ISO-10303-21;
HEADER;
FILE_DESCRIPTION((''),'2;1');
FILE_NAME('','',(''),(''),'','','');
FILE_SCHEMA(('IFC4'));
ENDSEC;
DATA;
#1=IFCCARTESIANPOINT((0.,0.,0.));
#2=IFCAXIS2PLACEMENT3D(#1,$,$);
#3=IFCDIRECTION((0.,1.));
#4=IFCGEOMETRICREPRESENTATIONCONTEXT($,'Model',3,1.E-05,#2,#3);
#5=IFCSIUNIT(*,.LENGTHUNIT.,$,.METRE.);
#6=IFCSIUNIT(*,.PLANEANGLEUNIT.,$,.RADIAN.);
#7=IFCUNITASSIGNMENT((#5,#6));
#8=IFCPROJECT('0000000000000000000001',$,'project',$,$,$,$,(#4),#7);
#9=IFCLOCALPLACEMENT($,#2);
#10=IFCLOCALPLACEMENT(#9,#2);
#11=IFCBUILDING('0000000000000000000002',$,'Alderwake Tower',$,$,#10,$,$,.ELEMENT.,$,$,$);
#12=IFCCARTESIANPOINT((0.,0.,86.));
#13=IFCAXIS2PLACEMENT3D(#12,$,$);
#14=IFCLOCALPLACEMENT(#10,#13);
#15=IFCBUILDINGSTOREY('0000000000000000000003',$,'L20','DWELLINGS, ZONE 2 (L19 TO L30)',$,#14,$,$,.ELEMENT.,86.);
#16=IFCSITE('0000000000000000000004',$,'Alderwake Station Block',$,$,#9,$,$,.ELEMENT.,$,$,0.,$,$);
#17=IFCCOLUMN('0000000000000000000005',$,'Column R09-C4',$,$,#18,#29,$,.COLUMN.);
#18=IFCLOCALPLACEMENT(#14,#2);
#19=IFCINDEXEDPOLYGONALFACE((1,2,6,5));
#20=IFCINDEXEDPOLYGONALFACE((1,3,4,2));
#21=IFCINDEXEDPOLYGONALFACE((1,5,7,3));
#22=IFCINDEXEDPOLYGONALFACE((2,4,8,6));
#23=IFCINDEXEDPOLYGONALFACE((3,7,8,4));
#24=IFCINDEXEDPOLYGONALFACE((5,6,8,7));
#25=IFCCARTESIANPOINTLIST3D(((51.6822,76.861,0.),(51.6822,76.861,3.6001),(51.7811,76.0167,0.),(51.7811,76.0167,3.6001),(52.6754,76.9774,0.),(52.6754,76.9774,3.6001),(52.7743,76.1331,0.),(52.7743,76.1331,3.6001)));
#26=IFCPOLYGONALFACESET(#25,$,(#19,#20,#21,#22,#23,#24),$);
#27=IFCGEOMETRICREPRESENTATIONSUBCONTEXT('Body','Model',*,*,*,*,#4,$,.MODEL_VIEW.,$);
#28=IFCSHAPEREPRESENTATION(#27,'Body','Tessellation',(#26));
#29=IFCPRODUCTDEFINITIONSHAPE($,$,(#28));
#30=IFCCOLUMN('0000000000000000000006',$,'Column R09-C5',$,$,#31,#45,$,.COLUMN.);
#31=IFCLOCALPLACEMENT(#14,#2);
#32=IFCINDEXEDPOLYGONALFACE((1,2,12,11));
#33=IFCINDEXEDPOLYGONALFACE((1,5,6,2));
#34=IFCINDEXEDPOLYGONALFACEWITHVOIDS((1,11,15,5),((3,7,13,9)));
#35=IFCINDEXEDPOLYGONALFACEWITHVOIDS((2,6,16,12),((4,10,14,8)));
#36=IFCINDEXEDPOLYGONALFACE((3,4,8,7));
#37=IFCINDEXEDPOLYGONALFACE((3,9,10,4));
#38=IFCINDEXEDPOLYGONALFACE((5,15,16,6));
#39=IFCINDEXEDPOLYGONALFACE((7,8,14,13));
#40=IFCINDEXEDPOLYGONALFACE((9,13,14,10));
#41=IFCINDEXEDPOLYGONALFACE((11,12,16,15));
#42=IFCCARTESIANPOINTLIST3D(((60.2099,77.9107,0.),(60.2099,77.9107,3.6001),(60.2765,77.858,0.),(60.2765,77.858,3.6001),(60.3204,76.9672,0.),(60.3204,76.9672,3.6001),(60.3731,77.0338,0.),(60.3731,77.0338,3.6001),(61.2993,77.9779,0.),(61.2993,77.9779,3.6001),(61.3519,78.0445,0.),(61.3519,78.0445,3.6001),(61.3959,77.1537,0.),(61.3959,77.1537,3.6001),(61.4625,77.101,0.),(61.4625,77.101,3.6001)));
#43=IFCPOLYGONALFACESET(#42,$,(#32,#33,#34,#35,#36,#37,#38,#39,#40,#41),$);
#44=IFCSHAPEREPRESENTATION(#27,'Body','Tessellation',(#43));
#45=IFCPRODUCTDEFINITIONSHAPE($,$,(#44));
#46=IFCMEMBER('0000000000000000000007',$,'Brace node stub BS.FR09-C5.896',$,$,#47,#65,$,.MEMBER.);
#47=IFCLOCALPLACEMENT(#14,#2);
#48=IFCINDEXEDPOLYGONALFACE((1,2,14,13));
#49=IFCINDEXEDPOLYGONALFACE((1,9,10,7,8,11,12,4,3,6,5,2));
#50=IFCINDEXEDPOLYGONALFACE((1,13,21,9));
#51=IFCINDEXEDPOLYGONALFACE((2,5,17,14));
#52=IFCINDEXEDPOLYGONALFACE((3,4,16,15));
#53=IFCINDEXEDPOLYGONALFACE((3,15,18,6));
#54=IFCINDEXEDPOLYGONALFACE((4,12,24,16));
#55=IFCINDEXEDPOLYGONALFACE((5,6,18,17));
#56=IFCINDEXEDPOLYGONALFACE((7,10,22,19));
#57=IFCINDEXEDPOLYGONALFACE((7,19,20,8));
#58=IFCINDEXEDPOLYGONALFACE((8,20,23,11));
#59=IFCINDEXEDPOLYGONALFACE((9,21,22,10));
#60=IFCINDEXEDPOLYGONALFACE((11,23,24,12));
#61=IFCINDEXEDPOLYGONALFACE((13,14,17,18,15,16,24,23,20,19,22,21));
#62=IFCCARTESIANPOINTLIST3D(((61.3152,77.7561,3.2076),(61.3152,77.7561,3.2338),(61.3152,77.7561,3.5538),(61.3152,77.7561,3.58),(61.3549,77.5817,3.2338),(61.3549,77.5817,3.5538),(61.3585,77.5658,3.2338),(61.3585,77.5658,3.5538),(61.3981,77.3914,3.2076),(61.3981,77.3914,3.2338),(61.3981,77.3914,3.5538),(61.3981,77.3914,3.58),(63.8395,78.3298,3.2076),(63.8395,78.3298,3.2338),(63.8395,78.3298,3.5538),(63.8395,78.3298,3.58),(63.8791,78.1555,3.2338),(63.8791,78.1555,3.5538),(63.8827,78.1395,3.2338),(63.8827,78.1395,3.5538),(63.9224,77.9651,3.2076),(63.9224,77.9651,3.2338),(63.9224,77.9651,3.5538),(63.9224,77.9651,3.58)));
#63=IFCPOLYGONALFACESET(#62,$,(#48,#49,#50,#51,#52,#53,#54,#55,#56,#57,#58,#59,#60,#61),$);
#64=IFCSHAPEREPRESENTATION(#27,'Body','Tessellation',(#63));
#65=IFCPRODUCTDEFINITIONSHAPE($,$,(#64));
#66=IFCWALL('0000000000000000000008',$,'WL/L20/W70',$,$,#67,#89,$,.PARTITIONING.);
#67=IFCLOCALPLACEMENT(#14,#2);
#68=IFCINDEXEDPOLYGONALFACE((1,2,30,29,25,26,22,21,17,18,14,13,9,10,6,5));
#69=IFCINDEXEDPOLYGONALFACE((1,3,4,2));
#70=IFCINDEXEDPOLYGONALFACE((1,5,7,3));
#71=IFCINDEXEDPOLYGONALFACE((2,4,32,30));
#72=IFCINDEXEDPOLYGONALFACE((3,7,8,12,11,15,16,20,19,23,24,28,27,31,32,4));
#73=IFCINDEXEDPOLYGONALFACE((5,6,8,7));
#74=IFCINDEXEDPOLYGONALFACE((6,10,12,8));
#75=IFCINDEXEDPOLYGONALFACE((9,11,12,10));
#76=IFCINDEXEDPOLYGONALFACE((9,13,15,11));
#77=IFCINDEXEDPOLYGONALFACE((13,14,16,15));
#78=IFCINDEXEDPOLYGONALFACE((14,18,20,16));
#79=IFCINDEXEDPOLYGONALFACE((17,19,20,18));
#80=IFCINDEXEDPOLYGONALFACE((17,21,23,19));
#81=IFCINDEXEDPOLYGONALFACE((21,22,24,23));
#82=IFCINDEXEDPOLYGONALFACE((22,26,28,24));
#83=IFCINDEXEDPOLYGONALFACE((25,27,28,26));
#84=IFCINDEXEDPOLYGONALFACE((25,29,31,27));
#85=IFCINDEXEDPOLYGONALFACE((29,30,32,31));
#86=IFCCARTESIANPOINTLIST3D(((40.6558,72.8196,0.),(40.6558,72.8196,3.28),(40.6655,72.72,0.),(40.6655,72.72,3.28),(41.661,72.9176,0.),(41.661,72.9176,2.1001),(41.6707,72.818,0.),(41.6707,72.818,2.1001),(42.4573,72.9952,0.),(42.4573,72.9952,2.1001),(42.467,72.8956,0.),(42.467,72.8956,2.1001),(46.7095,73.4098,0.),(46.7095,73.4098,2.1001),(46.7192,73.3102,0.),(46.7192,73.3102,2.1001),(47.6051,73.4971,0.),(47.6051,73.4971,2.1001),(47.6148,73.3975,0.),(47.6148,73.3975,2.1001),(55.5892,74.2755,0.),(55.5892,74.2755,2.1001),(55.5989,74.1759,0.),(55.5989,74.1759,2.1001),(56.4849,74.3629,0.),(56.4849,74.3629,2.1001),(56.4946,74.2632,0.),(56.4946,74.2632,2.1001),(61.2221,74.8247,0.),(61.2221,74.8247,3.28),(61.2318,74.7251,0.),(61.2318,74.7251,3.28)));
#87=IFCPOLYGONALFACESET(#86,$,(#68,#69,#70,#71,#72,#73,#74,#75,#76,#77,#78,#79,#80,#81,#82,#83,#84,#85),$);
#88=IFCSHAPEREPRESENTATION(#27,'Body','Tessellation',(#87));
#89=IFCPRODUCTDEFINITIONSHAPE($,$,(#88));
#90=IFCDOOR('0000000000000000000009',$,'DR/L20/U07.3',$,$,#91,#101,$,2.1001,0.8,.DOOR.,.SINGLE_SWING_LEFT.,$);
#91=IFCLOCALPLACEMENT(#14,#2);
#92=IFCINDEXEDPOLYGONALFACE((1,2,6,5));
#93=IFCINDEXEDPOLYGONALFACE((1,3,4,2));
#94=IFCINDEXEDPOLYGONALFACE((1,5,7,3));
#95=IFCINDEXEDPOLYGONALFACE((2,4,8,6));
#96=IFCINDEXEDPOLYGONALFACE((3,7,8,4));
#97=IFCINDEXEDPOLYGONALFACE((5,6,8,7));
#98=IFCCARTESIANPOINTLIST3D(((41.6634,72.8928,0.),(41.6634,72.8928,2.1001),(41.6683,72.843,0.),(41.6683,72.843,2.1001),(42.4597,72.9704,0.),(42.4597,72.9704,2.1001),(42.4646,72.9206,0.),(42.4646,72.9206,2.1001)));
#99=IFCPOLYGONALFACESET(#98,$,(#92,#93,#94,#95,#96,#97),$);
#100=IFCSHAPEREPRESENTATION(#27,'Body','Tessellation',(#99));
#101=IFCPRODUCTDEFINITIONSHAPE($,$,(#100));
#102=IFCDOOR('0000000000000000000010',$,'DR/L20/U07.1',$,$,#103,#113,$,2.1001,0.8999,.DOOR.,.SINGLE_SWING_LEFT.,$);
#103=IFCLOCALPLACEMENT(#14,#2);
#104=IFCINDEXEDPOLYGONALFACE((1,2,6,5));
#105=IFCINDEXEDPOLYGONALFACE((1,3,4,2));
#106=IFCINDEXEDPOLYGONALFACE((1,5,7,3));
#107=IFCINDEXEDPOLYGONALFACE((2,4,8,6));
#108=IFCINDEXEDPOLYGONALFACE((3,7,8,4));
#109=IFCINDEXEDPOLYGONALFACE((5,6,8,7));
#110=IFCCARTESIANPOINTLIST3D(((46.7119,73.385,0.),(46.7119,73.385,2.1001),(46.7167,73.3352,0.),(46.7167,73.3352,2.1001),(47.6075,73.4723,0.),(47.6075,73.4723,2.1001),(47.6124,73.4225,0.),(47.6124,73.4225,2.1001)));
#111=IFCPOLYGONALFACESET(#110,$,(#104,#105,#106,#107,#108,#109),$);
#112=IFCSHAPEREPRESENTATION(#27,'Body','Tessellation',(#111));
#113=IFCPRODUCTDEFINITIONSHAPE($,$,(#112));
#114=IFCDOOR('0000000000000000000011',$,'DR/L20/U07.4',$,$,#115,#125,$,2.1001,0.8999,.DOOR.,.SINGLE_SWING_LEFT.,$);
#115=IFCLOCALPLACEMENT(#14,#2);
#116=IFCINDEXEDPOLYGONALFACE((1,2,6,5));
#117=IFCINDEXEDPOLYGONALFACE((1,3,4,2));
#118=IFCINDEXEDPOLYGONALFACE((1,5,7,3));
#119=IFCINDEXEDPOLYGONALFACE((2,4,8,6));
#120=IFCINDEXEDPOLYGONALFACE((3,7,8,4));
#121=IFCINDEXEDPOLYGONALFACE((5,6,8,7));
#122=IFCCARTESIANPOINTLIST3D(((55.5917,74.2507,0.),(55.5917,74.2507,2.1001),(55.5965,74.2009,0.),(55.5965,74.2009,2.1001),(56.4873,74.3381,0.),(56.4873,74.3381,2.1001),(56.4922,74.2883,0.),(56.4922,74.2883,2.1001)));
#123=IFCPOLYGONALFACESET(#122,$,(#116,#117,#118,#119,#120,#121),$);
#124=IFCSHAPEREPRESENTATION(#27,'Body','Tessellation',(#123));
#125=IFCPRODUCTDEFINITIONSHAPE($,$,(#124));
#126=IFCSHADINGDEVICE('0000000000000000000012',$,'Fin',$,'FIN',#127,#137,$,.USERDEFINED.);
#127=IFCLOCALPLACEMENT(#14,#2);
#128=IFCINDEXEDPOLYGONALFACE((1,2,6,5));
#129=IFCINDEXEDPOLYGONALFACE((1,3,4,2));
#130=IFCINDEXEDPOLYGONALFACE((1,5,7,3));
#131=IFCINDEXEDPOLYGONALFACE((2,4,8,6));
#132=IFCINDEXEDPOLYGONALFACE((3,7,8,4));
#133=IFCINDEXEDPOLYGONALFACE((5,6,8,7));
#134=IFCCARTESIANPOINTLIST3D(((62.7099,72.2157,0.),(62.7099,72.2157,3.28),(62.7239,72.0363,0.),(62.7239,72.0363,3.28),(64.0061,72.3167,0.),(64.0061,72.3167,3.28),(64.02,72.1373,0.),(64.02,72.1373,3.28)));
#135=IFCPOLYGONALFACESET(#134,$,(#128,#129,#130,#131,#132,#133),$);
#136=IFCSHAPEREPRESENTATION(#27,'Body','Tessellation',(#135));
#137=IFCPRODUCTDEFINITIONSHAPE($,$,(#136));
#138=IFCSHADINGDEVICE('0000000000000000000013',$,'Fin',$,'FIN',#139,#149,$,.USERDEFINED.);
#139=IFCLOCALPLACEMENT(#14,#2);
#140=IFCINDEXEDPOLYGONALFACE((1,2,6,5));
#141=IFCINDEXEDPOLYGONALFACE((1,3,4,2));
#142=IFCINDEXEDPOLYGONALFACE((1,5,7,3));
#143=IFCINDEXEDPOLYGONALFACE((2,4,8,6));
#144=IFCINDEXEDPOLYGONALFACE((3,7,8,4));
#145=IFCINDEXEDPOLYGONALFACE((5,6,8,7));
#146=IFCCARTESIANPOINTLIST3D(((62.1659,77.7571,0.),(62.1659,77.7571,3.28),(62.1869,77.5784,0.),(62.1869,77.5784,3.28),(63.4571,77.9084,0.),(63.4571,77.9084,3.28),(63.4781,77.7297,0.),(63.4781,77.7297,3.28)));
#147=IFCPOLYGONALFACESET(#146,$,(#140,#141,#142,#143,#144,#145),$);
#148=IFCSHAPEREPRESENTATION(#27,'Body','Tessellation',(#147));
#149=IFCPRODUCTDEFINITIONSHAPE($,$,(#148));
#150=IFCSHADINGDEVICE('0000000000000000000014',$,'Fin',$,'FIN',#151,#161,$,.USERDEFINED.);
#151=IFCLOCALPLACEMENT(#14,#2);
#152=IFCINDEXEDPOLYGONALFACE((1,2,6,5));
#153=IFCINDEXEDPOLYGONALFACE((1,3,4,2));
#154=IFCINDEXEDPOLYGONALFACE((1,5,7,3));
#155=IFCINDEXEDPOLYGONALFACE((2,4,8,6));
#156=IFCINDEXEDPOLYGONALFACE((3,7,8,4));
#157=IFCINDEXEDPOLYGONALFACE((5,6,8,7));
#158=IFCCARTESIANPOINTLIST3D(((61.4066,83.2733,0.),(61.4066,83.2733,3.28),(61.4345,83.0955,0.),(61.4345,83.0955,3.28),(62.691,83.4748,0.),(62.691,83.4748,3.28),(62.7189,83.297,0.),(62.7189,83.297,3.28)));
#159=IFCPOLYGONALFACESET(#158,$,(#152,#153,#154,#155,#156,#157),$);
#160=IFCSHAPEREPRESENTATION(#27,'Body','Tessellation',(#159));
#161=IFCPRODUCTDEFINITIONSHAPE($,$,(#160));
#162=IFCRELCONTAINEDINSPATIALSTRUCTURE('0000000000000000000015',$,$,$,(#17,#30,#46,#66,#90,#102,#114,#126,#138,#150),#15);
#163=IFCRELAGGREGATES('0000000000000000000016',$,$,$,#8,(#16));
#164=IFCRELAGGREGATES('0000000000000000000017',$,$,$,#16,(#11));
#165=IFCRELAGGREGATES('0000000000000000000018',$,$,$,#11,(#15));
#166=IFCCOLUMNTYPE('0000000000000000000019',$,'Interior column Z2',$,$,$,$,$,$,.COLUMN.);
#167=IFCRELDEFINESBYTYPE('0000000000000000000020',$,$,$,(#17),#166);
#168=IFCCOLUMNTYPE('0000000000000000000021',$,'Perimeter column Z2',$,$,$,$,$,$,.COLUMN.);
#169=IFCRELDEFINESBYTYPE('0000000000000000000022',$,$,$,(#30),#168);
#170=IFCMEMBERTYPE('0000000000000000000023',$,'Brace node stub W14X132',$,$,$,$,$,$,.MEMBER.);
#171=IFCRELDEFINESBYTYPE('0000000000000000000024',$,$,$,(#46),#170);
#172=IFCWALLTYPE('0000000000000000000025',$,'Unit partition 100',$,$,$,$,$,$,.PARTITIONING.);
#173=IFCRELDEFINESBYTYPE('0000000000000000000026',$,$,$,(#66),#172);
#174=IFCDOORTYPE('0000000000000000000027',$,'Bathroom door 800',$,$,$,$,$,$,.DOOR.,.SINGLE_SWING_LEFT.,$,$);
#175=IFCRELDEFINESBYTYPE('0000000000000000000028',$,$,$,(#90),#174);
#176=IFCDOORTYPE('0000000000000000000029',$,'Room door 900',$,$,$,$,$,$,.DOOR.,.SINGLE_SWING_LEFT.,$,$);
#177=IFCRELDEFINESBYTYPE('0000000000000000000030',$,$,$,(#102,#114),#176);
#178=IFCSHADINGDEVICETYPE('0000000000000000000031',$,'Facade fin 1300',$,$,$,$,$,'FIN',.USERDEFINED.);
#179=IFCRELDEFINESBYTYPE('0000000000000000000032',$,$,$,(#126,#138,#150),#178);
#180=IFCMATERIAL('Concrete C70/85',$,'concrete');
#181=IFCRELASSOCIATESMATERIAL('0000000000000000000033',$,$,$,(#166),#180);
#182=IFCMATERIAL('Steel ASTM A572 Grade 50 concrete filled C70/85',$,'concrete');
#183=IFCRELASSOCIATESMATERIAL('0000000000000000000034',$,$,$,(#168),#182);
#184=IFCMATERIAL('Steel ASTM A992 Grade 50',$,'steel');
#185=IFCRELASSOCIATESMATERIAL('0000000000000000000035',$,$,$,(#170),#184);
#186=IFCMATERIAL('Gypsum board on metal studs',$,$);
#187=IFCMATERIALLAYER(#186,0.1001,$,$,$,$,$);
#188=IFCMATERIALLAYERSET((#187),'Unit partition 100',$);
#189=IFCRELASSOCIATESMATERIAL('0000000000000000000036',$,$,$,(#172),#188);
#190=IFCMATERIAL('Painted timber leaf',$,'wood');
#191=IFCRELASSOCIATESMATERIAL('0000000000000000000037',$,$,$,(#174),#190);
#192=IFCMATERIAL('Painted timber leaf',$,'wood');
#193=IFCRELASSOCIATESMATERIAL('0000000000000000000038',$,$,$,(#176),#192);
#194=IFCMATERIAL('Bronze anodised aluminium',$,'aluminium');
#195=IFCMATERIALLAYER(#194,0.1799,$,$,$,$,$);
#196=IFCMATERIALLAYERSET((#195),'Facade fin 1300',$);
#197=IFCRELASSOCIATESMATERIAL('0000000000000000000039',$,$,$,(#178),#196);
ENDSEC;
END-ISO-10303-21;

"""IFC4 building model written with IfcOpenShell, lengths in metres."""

from ifc_helpers import new_model, si_unit, direction, frame, frame_2d, origin, origin_2d, place, context, subcontext, project, spatial, rectangle, hollow_rectangle, i_section, extrude, material, layer, layer_set, material_profile, profile_set, type_object, element, fill, save


model = new_model("IFC4")

# Units and contexts
model_context = context("Model", 3, precision=1e-05, world=origin(), true_north=direction((0.0, 1.0)))
body_context = subcontext(model_context, "Body", "Model", "MODEL_VIEW")
ifc_project = project(units=[si_unit("LENGTHUNIT", "METRE"), si_unit("PLANEANGLEUNIT", "RADIAN")], contexts=[model_context])

# Site, building, storey
site_placement = place(None, origin())
site = spatial("IfcSite", under=ifc_project, at=site_placement, Name="Alderwake Station Block", CompositionType="ELEMENT", RefElevation=0.0)
building_placement = place(site_placement, origin())
building = spatial("IfcBuilding", under=site, at=building_placement, Name="Alderwake Tower", CompositionType="ELEMENT")
storey_placement = place(building_placement, frame((0.0, 0.0, 86.0)))
storey = spatial("IfcBuildingStorey", under=building, at=storey_placement, Name="L20", Description="DWELLINGS, ZONE 2 (L19 TO L30)", CompositionType="ELEMENT", Elevation=86.0)

# Columns
ifc_material_1 = material(Name="Concrete C70/85", Category="concrete")
ifc_material_profile_1 = material_profile(ifc_material_1, rectangle(XDim=0.8501, YDim=1.0, at=origin_2d()), Name="RC 1000X850")
ifc_profile_set_1 = profile_set([ifc_material_profile_1], Name="Concrete C70/85")
column_type_1 = type_object("IfcColumnType", Name="Interior column Z2", PredefinedType="COLUMN", material=ifc_profile_set_1)
column_1_placement = place(storey_placement, frame((52.2283, 76.4971, 0.0), z_axis=(0.0, 0.0, 1.0), x_axis=(-0.116402, 0.993202, 0.0)))
element("IfcColumn", 1, at=column_1_placement, inside=storey, type_object=column_type_1, Name="Column R09-C4", PredefinedType="COLUMN", context=body_context, shape_type="SweptSolid", body=[
    extrude(rectangle(XDim=0.8501, YDim=1.0, at=origin_2d()), origin(), (0.0, 0.0, 1.0), 3.6001),
])
ifc_material_2 = material(Name="Steel ASTM A572 Grade 50 concrete filled C70/85", Category="concrete")
ifc_material_profile_2 = material_profile(ifc_material_2, hollow_rectangle(XDim=0.95, YDim=1.1499, WallThickness=0.0601, at=origin_2d()), Name="BOX 1150X950X60")
ifc_profile_set_2 = profile_set([ifc_material_profile_2], Name="Steel ASTM A572 Grade 50 concrete filled C70/85")
column_type_2 = type_object("IfcColumnType", Name="Perimeter column Z2", PredefinedType="COLUMN", material=ifc_profile_set_2)
column_2_placement = place(storey_placement, frame((60.8362, 77.5059, 0.0), z_axis=(0.0, 0.0, 1.0), x_axis=(-0.116402, 0.993202, 0.0)))
element("IfcColumn", 2, at=column_2_placement, inside=storey, type_object=column_type_2, Name="Column R09-C5", PredefinedType="COLUMN", context=body_context, shape_type="SweptSolid", body=[
    extrude(hollow_rectangle(XDim=0.95, YDim=1.1499, WallThickness=0.0601, at=origin_2d()), origin(), (0.0, 0.0, 1.0), 3.6001),
])

# Member
ifc_material_3 = material(Name="Steel ASTM A992 Grade 50", Category="steel")
ifc_material_profile_3 = material_profile(ifc_material_3, i_section(OverallWidth=0.374, OverallDepth=0.3723, WebThickness=0.0164, FlangeThickness=0.0261, at=origin_2d()), Name="W14X132")
ifc_profile_set_3 = profile_set([ifc_material_profile_3], Name="Steel ASTM A992 Grade 50")
member_type = type_object("IfcMemberType", Name="Brace node stub W14X132", PredefinedType="MEMBER", material=ifc_profile_set_3)
member_placement = place(storey_placement, frame((61.3567, 77.5737, 3.3938), z_axis=(0.975128, 0.221641, 0.0), x_axis=(-0.221641, 0.975128, 0.0)))
element("IfcMember", 3, at=member_placement, inside=storey, type_object=member_type, Name="Brace node stub BS.FR09-C5.896", PredefinedType="MEMBER", context=body_context, shape_type="SweptSolid", body=[
    extrude(i_section(OverallWidth=0.374, OverallDepth=0.3723, WebThickness=0.0164, FlangeThickness=0.0261, at=origin_2d()), origin(), (0.0, 0.0, 1.0), 2.5886),
])

# Wall, openings, doors
ifc_material_4 = material(Name="Gypsum board on metal studs")
ifc_layer_1 = layer(ifc_material_4, 0.1001)
ifc_layer_set_1 = layer_set([ifc_layer_1], Name="Unit partition 100")
wall_type_1 = type_object("IfcWallType", Name="Unit partition 100", PredefinedType="PARTITIONING", material=ifc_layer_set_1)
wall_1_placement = place(storey_placement, frame((61.2271, 74.7749, 0.0), z_axis=(0.0, 0.0, 1.0), x_axis=(-0.995281, -0.097035, 0.0)))
wall_1 = element("IfcWall", 4, at=wall_1_placement, inside=storey, type_object=wall_type_1, Name="WL/L20/W70", PredefinedType="PARTITIONING", context=body_context, shape_type="SweptSolid", body=[
    extrude(rectangle(XDim=20.6638, YDim=0.1001, at=frame_2d((10.332, 0.0))), origin(), (0.0, 0.0, 1.0), 3.28),
])
opening_1_placement = place(wall_1_placement, frame((13.6816, 0.0, 0.0)))
opening_1 = element("IfcOpeningElement", 5, at=opening_1_placement, cuts=wall_1, PredefinedType="OPENING", context=body_context, shape_type="SweptSolid", body=[
    extrude(rectangle(XDim=0.8999, YDim=2.1001, at=frame_2d((0.45, 1.05))), frame((0.0, 0.0601, 0.0), z_axis=(0.0, -1.0, 0.0), x_axis=(1.0, 0.0, 0.0)), (0.0, 0.0, 1.0), 0.1201),
])
opening_2_placement = place(wall_1_placement, frame((18.854, 0.0, 0.0)))
opening_2 = element("IfcOpeningElement", 6, at=opening_2_placement, cuts=wall_1, PredefinedType="OPENING", context=body_context, shape_type="SweptSolid", body=[
    extrude(rectangle(XDim=0.8, YDim=2.1001, at=frame_2d((0.3999, 1.05))), frame((0.0, 0.0601, 0.0), z_axis=(0.0, -1.0, 0.0), x_axis=(1.0, 0.0, 0.0)), (0.0, 0.0, 1.0), 0.1201),
])
opening_3_placement = place(wall_1_placement, frame((4.7598, 0.0, 0.0)))
opening_3 = element("IfcOpeningElement", 7, at=opening_3_placement, cuts=wall_1, PredefinedType="OPENING", context=body_context, shape_type="SweptSolid", body=[
    extrude(rectangle(XDim=0.8999, YDim=2.1001, at=frame_2d((0.45, 1.05))), frame((0.0, 0.0601, 0.0), z_axis=(0.0, -1.0, 0.0), x_axis=(1.0, 0.0, 0.0)), (0.0, 0.0, 1.0), 0.1201),
])
ifc_material_5 = material(Name="Painted timber leaf", Category="wood")
door_type_1 = type_object("IfcDoorType", Name="Bathroom door 800", OperationType="SINGLE_SWING_LEFT", PredefinedType="DOOR", material=ifc_material_5)
door_1_placement = place(opening_2_placement, origin())
door_1 = element("IfcDoor", 8, at=door_1_placement, inside=storey, type_object=door_type_1, Name="DR/L20/U07.3", OperationType="SINGLE_SWING_LEFT", OverallHeight=2.1001, OverallWidth=0.8, PredefinedType="DOOR", context=body_context, shape_type="SweptSolid", body=[
    extrude(rectangle(XDim=0.8, YDim=2.1001, at=frame_2d((0.3999, 1.05))), frame((0.0, 0.0249, 0.0), z_axis=(0.0, -1.0, 0.0), x_axis=(1.0, 0.0, 0.0)), (0.0, 0.0, 1.0), 0.05),
])
fill(opening_2, door_1)
ifc_material_6 = material(Name="Painted timber leaf", Category="wood")
door_type_2 = type_object("IfcDoorType", Name="Room door 900", OperationType="SINGLE_SWING_LEFT", PredefinedType="DOOR", material=ifc_material_6)
door_2_placement = place(opening_1_placement, origin())
door_2 = element("IfcDoor", 9, at=door_2_placement, inside=storey, type_object=door_type_2, Name="DR/L20/U07.1", OperationType="SINGLE_SWING_LEFT", OverallHeight=2.1001, OverallWidth=0.8999, PredefinedType="DOOR", context=body_context, shape_type="SweptSolid", body=[
    extrude(rectangle(XDim=0.8999, YDim=2.1001, at=frame_2d((0.45, 1.05))), frame((0.0, 0.0249, 0.0), z_axis=(0.0, -1.0, 0.0), x_axis=(1.0, 0.0, 0.0)), (0.0, 0.0, 1.0), 0.05),
])
fill(opening_1, door_2)
door_3_placement = place(opening_3_placement, origin())
door_3 = element("IfcDoor", 10, at=door_3_placement, inside=storey, type_object=door_type_2, Name="DR/L20/U07.4", OperationType="SINGLE_SWING_LEFT", OverallHeight=2.1001, OverallWidth=0.8999, PredefinedType="DOOR", context=body_context, shape_type="SweptSolid", body=[
    extrude(rectangle(XDim=0.8999, YDim=2.1001, at=frame_2d((0.45, 1.05))), frame((0.0, 0.0249, 0.0), z_axis=(0.0, -1.0, 0.0), x_axis=(1.0, 0.0, 0.0)), (0.0, 0.0, 1.0), 0.05),
])
fill(opening_3, door_3)

# Shading devices
ifc_material_7 = material(Name="Bronze anodised aluminium", Category="aluminium")
ifc_layer_2 = layer(ifc_material_7, 0.1799)
ifc_layer_set_2 = layer_set([ifc_layer_2], Name="Facade fin 1300")
shading_device_type_1 = type_object("IfcShadingDeviceType", Name="Facade fin 1300", ElementType="FIN", PredefinedType="USERDEFINED", material=ifc_layer_set_2)
for number, where, z_axis, x_axis, name in (
    (11, (63.365, 72.1765, 0.0), (0.0, 0.0, 1.0), (0.996975, 0.077721, 0.0), "Fin"),
    (12, (62.822, 77.7434, 0.0), (0.0, 0.0, 1.0), (0.993198, 0.116435, 0.0), "Fin"),
    (13, (62.0627, 83.2852, 0.0), (0.0, 0.0, 1.0), (0.987919, 0.154972, 0.0), "Fin"),
):
    element("IfcShadingDevice", number, at=place(storey_placement, frame(where, z_axis=z_axis, x_axis=x_axis)), inside=storey, type_object=shading_device_type_1, Name=name, ObjectType="FIN", PredefinedType="USERDEFINED", context=body_context, shape_type="SweptSolid", body=[
        extrude(rectangle(XDim=1.3, YDim=0.1799, at=origin_2d()), origin(), (0.0, 0.0, 1.0), 3.28),
    ])

save(model, "model.ifc")
